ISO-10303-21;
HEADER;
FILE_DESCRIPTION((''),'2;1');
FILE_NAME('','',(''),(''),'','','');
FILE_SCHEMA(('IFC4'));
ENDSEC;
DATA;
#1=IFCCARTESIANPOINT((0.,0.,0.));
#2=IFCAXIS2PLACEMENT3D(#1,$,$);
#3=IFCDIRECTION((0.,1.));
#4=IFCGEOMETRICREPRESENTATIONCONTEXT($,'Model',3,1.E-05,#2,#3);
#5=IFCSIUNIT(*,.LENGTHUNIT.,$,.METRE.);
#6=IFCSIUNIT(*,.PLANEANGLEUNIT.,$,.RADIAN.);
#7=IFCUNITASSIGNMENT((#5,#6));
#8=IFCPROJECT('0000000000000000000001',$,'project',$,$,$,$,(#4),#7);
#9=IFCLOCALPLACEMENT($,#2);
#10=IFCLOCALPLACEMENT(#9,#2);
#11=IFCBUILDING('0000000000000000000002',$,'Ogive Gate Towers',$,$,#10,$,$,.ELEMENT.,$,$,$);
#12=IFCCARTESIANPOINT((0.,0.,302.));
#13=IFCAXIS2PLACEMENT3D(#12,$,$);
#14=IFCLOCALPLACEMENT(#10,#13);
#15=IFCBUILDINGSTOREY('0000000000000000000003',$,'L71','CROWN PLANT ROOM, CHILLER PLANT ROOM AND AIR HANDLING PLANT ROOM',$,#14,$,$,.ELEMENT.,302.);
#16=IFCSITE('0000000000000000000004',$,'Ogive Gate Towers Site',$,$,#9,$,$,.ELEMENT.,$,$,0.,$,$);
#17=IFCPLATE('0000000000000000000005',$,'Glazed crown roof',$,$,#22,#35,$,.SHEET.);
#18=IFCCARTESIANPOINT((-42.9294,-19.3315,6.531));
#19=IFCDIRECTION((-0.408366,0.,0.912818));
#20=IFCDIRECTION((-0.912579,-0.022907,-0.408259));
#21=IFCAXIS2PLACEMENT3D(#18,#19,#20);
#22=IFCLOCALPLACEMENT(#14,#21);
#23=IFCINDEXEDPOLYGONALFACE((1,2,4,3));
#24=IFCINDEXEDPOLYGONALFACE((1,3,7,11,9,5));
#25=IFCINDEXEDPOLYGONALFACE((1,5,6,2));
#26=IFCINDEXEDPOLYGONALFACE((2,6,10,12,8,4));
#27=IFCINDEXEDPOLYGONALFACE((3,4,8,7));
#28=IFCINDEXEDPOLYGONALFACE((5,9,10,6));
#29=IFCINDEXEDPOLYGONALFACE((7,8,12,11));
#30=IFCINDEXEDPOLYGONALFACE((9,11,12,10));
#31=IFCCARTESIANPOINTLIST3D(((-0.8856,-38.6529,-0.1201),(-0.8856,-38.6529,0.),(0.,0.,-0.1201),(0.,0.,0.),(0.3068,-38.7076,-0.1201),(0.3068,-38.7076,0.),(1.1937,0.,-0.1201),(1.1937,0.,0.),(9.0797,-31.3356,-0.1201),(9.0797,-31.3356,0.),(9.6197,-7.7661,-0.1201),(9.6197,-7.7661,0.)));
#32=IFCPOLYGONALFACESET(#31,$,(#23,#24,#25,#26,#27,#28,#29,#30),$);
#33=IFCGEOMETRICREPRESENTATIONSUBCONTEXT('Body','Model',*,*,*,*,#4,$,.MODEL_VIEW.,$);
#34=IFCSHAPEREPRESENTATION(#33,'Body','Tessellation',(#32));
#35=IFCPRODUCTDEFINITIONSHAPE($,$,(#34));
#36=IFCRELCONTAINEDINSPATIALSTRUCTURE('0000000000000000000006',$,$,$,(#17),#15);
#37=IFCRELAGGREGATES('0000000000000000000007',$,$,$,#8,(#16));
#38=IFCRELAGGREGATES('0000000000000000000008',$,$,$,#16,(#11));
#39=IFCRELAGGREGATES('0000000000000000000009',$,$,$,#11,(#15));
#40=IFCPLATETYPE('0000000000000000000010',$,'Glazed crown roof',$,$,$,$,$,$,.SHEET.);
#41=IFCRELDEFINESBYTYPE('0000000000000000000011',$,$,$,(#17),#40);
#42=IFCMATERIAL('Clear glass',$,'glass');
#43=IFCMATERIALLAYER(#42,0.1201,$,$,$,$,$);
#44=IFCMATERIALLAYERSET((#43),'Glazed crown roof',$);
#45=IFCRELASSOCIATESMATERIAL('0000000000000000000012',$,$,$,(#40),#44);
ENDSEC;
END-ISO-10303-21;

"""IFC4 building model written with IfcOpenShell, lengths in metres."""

from ifc_helpers import new_model, si_unit, direction, frame, origin, place, context, subcontext, project, spatial, polyline, outline, extrude, material, layer, layer_set, type_object, element, save


model = new_model("IFC4")

# Units and contexts
model_context = context("Model", 3, precision=1e-05, world=origin(), true_north=direction((0.0, 1.0)))
body_context = subcontext(model_context, "Body", "Model", "MODEL_VIEW")
ifc_project = project(units=[si_unit("LENGTHUNIT", "METRE"), si_unit("PLANEANGLEUNIT", "RADIAN")], contexts=[model_context])

# Site, building, storey
site_placement = place(None, origin())
site = spatial("IfcSite", under=ifc_project, at=site_placement, Name="Ogive Gate Towers Site", CompositionType="ELEMENT", RefElevation=0.0)
building_placement = place(site_placement, origin())
building = spatial("IfcBuilding", under=site, at=building_placement, Name="Ogive Gate Towers", CompositionType="ELEMENT")
storey_placement = place(building_placement, frame((0.0, 0.0, 302.0)))
storey = spatial("IfcBuildingStorey", under=building, at=storey_placement, Name="L71", Description="CROWN PLANT ROOM, CHILLER PLANT ROOM AND AIR HANDLING PLANT ROOM", CompositionType="ELEMENT", Elevation=302.0)

# Shared definitions
ifc_material_1 = material(Name="Clear glass", Category="glass")

# Plate
ifc_layer_1 = layer(ifc_material_1, 0.1201)
ifc_layer_set_1 = layer_set([ifc_layer_1], Name="Glazed crown roof")
plate_type_1 = type_object("IfcPlateType", Name="Glazed crown roof", PredefinedType="SHEET", material=ifc_layer_set_1)
plate_1_placement = place(storey_placement, frame((-42.9294, -19.3315, 6.531), z_axis=(-0.408366, 0.0, 0.912818), x_axis=(-0.912579, -0.022907, -0.408259)))
element("IfcPlate", 1, at=plate_1_placement, inside=storey, type_object=plate_type_1, Name="Glazed crown roof", PredefinedType="SHEET", context=body_context, shape_type="SweptSolid", body=[
    extrude(outline(polyline([(0.0, 0.0), (1.1937, 0.0), (9.6197, -7.7661), (9.0797, -31.3356), (0.3068, -38.7076), (-0.8856, -38.6529), (0.0, 0.0)])), origin(), (0.0, 0.0, -1.0), 0.1201),
])

save(model, "model.ifc")
